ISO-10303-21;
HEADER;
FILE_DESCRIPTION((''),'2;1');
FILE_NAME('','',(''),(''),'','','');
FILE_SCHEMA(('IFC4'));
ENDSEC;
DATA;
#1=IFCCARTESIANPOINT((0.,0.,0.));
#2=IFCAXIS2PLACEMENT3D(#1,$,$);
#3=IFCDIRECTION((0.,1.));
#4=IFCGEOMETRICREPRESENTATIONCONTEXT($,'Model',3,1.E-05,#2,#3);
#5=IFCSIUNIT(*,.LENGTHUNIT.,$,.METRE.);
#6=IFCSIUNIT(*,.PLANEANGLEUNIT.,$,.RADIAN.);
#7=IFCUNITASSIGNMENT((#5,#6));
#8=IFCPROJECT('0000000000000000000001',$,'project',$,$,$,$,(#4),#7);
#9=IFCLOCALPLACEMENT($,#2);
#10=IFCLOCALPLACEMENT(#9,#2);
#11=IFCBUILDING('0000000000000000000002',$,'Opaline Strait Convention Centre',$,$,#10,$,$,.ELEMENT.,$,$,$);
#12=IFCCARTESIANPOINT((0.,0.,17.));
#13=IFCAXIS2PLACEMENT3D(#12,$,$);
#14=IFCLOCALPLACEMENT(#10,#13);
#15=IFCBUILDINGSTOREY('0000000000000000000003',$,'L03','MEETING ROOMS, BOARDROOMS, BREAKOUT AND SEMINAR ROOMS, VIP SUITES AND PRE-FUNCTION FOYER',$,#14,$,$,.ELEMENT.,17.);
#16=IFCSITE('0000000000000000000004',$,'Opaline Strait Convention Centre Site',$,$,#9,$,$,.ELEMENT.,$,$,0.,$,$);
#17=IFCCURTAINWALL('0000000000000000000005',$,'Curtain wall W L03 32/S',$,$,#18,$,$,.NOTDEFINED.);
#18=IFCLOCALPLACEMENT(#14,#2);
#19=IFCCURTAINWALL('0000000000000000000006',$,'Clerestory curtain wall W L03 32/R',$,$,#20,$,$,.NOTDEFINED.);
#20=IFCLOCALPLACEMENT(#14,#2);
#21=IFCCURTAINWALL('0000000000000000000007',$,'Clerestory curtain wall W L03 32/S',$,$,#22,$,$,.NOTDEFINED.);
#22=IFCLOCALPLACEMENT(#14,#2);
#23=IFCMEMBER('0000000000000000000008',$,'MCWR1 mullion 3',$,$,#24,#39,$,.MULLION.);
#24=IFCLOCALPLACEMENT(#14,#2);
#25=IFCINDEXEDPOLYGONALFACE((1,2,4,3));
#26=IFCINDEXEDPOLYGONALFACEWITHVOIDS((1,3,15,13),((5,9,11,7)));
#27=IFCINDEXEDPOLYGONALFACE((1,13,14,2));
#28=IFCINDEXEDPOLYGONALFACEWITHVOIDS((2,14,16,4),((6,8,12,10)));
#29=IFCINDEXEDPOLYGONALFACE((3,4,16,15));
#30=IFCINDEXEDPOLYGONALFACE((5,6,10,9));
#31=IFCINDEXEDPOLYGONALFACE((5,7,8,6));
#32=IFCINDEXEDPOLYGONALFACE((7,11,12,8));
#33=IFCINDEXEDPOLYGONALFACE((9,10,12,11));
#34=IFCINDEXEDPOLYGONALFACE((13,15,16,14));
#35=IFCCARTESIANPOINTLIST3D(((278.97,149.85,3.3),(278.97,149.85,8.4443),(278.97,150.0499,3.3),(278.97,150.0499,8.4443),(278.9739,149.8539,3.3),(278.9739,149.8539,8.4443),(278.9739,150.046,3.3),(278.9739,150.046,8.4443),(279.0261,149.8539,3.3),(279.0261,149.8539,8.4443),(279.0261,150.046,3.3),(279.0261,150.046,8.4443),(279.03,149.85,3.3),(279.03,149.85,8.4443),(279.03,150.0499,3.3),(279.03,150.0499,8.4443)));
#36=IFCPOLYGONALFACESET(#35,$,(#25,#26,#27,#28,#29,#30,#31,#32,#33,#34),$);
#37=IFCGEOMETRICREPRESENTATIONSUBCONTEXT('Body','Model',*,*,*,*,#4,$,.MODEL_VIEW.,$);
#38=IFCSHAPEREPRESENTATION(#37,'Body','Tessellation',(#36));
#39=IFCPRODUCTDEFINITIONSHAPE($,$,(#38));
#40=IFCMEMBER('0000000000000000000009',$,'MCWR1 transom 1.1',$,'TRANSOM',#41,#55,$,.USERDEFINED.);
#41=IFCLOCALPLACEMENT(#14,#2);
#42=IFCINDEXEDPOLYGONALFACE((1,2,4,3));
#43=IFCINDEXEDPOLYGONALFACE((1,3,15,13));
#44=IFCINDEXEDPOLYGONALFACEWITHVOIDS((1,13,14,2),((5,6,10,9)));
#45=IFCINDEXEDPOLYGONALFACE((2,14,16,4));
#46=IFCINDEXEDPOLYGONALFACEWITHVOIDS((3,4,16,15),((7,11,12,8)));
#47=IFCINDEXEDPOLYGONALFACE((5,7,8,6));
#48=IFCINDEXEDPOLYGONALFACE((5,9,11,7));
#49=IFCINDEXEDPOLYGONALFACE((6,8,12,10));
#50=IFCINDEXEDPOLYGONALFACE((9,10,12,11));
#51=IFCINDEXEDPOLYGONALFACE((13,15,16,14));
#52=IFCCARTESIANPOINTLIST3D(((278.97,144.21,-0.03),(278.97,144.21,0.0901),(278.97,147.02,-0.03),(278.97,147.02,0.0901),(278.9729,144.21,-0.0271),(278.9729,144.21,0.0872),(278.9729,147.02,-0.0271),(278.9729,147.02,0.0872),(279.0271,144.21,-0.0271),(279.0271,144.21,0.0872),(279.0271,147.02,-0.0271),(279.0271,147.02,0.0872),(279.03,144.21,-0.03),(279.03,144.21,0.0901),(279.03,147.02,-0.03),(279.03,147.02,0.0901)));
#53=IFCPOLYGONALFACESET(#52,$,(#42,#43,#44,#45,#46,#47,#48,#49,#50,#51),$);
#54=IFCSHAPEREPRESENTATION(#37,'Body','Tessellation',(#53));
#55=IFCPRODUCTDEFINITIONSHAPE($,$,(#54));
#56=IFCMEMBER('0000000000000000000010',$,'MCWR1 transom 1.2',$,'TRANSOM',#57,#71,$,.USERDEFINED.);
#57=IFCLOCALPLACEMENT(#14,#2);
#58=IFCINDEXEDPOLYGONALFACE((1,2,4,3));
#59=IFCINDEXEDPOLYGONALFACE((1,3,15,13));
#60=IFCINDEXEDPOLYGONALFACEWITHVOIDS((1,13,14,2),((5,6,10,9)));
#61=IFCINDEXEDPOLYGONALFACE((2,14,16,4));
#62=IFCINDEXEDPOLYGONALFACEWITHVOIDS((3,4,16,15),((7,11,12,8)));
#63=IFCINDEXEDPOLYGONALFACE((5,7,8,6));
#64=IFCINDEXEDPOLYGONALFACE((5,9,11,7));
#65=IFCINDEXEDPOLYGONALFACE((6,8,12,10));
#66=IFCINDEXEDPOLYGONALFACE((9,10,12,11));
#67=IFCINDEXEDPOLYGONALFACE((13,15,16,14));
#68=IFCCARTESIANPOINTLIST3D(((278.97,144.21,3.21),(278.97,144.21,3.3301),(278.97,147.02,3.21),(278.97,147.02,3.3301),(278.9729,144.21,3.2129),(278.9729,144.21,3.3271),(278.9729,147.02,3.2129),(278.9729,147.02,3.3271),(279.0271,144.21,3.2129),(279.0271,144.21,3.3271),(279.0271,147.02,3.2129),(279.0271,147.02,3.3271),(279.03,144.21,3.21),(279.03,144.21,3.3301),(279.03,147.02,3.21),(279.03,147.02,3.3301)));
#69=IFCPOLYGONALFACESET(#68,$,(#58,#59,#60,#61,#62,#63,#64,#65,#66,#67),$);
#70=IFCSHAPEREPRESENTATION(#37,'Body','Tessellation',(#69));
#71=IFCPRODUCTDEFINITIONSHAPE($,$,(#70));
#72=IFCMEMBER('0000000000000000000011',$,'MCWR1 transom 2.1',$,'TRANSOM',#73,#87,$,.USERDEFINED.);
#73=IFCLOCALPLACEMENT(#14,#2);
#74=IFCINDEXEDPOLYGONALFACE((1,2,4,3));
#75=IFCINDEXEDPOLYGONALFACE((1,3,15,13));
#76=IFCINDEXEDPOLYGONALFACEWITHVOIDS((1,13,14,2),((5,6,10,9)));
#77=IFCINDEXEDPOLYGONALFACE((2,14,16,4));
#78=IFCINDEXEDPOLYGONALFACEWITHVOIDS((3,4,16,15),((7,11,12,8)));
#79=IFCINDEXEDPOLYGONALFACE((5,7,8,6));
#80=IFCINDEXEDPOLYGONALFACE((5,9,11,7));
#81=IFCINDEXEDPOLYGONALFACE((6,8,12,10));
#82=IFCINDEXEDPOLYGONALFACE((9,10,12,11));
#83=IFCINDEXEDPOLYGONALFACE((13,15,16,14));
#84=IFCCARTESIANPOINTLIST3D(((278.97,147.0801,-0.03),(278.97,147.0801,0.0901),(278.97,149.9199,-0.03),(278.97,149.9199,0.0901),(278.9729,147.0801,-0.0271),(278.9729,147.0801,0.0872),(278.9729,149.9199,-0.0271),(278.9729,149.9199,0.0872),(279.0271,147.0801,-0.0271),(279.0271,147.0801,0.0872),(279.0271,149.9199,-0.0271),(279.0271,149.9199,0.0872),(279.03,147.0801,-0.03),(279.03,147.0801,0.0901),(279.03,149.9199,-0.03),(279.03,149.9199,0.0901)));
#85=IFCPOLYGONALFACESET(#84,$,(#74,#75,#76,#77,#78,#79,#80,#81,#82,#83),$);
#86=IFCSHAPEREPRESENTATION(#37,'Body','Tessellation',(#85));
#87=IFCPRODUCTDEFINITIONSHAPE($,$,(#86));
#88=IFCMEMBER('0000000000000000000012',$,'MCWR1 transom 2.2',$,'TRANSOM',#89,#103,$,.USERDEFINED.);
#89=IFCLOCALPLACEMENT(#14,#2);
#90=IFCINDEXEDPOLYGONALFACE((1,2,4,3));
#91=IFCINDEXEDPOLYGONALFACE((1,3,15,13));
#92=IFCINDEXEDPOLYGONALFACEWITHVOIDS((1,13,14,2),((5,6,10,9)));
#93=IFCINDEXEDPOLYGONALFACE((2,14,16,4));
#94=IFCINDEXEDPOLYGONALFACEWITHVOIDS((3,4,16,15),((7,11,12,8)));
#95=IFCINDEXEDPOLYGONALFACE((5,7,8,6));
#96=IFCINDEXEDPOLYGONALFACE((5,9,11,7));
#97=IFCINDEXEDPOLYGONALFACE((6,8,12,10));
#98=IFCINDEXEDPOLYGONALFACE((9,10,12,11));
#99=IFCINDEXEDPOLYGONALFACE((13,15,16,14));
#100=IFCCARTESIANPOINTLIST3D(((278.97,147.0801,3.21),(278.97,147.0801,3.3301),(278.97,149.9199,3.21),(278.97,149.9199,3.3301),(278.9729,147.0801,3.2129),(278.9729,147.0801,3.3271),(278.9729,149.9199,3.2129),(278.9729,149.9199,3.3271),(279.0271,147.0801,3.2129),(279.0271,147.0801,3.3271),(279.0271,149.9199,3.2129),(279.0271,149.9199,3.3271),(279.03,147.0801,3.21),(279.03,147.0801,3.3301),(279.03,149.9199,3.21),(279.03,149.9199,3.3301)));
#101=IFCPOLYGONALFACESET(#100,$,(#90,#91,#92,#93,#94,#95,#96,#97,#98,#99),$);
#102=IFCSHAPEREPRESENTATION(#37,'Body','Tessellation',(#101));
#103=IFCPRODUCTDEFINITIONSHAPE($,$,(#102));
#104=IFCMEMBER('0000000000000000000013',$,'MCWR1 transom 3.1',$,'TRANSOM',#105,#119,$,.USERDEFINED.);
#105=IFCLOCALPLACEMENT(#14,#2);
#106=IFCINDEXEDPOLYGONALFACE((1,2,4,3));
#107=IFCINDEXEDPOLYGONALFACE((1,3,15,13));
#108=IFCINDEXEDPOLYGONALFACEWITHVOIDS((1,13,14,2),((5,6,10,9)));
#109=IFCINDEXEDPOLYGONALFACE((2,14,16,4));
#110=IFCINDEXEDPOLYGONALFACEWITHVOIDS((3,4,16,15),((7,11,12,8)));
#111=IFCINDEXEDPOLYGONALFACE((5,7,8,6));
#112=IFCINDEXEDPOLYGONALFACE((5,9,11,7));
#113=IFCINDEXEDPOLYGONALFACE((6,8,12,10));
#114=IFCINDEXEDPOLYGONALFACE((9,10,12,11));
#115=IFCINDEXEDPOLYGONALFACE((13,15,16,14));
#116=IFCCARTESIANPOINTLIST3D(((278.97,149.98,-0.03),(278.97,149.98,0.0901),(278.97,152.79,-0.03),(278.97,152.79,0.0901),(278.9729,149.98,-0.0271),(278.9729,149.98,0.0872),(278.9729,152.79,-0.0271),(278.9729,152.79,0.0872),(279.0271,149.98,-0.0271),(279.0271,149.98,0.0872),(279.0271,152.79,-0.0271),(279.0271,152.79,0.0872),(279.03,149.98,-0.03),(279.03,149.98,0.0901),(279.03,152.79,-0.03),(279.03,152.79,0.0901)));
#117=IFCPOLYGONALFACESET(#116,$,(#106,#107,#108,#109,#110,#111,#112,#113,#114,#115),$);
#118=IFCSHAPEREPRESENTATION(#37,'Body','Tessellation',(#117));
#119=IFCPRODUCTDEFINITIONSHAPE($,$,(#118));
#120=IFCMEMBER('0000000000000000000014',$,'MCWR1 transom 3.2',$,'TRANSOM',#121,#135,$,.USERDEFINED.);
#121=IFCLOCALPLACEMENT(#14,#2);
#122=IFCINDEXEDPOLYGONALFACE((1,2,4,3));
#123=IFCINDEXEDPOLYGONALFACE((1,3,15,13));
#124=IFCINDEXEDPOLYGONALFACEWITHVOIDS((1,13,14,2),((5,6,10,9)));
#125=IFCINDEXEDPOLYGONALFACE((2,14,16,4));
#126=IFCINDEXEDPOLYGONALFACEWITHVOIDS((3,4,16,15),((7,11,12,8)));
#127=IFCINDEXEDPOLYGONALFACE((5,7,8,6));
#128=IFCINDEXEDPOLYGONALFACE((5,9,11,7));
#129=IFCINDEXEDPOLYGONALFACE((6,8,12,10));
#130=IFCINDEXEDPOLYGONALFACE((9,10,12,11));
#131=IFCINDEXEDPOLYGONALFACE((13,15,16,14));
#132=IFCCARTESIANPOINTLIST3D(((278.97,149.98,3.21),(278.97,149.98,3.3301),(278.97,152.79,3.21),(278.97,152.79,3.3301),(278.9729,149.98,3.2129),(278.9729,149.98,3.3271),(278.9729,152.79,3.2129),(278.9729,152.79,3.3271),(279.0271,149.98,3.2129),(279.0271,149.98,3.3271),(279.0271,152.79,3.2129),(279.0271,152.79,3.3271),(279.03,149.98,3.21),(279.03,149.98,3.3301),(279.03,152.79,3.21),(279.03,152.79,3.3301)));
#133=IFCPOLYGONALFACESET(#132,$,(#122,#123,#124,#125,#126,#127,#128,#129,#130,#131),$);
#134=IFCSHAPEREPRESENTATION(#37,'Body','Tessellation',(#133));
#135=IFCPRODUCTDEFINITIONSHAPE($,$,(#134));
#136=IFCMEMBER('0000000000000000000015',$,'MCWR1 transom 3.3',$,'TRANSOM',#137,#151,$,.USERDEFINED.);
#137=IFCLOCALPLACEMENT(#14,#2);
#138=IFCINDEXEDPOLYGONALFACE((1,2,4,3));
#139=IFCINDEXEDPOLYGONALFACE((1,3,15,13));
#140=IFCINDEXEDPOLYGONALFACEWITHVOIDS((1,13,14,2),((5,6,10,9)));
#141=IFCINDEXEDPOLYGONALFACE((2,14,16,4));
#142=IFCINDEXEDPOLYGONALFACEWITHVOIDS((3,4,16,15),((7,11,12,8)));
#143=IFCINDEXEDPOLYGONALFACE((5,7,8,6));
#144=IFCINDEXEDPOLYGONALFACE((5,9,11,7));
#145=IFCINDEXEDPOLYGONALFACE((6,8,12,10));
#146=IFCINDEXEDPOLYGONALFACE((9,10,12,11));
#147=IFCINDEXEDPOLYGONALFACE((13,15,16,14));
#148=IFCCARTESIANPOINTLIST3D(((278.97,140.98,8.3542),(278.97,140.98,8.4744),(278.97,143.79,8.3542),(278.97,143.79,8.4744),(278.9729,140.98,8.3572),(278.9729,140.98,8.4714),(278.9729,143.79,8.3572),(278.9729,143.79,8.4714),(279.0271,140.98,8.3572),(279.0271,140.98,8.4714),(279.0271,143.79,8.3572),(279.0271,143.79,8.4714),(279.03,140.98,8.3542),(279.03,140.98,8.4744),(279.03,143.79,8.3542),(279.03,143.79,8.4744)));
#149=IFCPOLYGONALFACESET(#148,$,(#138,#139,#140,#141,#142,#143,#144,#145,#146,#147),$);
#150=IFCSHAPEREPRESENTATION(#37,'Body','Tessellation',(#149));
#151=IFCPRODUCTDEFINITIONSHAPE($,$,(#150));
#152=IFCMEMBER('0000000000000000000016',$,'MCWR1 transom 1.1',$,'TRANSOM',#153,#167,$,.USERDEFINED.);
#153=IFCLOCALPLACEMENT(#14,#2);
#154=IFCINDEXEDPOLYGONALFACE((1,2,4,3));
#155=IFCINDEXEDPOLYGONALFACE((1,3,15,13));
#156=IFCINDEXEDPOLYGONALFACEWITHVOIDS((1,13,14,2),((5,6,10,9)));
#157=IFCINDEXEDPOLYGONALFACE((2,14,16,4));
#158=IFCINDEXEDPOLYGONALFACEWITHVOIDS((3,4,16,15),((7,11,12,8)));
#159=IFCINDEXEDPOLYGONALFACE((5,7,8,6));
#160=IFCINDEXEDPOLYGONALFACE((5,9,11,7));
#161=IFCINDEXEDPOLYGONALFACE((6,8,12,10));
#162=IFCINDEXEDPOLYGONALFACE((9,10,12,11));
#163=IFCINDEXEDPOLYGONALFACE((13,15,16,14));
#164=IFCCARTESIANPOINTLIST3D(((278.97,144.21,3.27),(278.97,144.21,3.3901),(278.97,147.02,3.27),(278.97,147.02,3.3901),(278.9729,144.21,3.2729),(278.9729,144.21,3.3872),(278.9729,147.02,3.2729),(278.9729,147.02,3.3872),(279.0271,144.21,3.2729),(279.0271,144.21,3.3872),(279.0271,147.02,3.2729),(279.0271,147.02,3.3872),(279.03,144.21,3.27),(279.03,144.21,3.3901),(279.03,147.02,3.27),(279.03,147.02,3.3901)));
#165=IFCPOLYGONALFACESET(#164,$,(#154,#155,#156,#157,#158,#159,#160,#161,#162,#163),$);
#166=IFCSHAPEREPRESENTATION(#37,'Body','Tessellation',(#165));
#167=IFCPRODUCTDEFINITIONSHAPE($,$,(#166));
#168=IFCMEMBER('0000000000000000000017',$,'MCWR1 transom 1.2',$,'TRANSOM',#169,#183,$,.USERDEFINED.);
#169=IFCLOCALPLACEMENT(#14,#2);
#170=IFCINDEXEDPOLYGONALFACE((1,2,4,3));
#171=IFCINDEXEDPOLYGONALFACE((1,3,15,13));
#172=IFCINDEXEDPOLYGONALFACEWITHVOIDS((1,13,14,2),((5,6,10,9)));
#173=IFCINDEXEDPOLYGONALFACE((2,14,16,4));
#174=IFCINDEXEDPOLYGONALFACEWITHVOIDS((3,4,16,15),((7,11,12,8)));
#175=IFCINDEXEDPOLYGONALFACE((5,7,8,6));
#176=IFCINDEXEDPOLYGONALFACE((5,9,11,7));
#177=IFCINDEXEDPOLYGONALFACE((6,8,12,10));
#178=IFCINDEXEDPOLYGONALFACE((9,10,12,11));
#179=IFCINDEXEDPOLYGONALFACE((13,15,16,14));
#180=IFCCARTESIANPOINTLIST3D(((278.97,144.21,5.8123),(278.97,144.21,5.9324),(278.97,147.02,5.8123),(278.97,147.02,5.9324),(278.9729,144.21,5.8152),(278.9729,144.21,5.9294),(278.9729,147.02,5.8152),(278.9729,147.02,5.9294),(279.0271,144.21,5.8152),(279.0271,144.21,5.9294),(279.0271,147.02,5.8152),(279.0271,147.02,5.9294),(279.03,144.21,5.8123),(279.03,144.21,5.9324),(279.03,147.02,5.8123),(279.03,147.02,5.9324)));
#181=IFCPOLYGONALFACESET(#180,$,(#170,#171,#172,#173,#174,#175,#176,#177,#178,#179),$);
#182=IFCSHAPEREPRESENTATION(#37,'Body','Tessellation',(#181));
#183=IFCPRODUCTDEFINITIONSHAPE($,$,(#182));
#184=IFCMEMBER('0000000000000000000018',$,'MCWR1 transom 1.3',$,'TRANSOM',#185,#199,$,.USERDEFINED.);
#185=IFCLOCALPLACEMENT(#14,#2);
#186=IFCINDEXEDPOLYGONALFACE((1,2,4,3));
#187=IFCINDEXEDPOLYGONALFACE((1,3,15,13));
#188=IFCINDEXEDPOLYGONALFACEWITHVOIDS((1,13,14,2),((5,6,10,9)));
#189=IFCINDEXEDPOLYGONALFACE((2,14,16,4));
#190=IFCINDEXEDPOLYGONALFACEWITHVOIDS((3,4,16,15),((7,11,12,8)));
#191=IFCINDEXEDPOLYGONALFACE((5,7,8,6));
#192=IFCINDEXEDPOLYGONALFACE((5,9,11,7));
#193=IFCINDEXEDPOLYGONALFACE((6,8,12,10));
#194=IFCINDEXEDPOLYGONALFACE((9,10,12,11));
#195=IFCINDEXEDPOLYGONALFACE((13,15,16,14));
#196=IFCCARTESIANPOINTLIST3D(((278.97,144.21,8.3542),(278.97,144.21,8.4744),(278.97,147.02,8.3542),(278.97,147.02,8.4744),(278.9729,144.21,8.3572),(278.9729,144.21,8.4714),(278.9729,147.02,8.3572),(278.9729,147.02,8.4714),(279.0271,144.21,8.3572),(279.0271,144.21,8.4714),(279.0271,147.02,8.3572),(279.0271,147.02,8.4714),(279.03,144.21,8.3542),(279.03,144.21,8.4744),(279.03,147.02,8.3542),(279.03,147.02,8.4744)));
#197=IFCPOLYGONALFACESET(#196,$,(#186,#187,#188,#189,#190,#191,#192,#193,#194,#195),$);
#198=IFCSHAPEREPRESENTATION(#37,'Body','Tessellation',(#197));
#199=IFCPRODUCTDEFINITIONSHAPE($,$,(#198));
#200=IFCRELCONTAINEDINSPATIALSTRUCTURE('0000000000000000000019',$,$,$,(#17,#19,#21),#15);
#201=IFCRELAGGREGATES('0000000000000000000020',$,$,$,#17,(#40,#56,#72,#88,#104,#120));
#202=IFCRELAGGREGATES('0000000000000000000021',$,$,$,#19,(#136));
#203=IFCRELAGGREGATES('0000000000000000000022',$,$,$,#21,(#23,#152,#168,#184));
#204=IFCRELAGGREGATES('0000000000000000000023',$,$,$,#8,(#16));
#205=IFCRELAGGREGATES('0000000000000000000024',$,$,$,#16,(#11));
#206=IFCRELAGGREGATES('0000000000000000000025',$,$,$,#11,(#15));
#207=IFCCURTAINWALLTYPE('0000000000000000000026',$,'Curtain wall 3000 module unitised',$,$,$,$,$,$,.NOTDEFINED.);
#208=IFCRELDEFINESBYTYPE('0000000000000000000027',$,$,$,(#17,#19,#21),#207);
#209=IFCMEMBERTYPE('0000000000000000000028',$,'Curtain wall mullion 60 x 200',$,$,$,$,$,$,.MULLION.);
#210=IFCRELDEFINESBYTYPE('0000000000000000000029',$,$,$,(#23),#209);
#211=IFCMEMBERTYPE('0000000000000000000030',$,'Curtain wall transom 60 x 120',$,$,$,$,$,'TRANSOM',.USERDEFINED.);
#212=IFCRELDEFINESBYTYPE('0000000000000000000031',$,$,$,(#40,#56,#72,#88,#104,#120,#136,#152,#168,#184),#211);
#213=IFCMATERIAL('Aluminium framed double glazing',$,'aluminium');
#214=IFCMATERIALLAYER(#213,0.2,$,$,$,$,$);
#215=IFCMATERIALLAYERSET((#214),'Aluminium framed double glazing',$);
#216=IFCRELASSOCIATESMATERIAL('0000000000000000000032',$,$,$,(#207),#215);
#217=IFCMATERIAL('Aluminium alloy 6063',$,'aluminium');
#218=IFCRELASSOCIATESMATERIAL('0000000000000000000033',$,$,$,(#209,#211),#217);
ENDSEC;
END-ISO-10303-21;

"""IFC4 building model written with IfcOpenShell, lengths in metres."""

from ifc_helpers import new_model, si_unit, direction, frame, origin, origin_2d, place, context, subcontext, project, spatial, hollow_rectangle, extrude, material, layer, layer_set, material_profile, profile_set, type_object, element, aggregate, save


model = new_model("IFC4")

# Units and contexts
model_context = context("Model", 3, precision=1e-05, world=origin(), true_north=direction((0.0, 1.0)))
body_context = subcontext(model_context, "Body", "Model", "MODEL_VIEW")
ifc_project = project(units=[si_unit("LENGTHUNIT", "METRE"), si_unit("PLANEANGLEUNIT", "RADIAN")], contexts=[model_context])

# Site, building, storey
site_placement = place(None, origin())
site = spatial("IfcSite", under=ifc_project, at=site_placement, Name="Opaline Strait Convention Centre Site", CompositionType="ELEMENT", RefElevation=0.0)
building_placement = place(site_placement, origin())
building = spatial("IfcBuilding", under=site, at=building_placement, Name="Opaline Strait Convention Centre", CompositionType="ELEMENT")
storey_placement = place(building_placement, frame((0.0, 0.0, 17.0)))
storey = spatial("IfcBuildingStorey", under=building, at=storey_placement, Name="L03", Description="MEETING ROOMS, BOARDROOMS, BREAKOUT AND SEMINAR ROOMS, VIP SUITES AND PRE-FUNCTION FOYER", CompositionType="ELEMENT", Elevation=17.0)

# Shared definitions
ifc_material_1 = material(Name="Aluminium framed double glazing", Category="aluminium")
ifc_layer_1 = layer(ifc_material_1, 0.2)
ifc_layer_set_1 = layer_set([ifc_layer_1], Name="Aluminium framed double glazing")
curtain_wall_type = type_object("IfcCurtainWallType", Name="Curtain wall 3000 module unitised", PredefinedType="NOTDEFINED", material=ifc_layer_set_1)
ifc_material_2 = material(Name="Aluminium alloy 6063", Category="aluminium")
ifc_material_profile_1 = material_profile(ifc_material_2, hollow_rectangle(XDim=0.0601, YDim=0.2, WallThickness=0.0039, at=origin_2d()), Name="MULLION 60x200x4")
ifc_profile_set_1 = profile_set([ifc_material_profile_1], Name="Aluminium alloy 6063")
member_type_1 = type_object("IfcMemberType", Name="Curtain wall mullion 60 x 200", PredefinedType="MULLION", material=ifc_profile_set_1)

# Curtain wall
curtain_wall_1_placement = place(storey_placement, origin())
curtain_wall_1 = element("IfcCurtainWall", 1, at=curtain_wall_1_placement, inside=storey, type_object=curtain_wall_type, Name="Curtain wall W L03 32/S", PredefinedType="NOTDEFINED")

# Curtain wall
curtain_wall_2_placement = place(storey_placement, origin())
curtain_wall_2 = element("IfcCurtainWall", 2, at=curtain_wall_2_placement, inside=storey, type_object=curtain_wall_type, Name="Clerestory curtain wall W L03 32/R", PredefinedType="NOTDEFINED")

# Curtain wall, member
curtain_wall_3_placement = place(storey_placement, origin())
curtain_wall_3 = element("IfcCurtainWall", 3, at=curtain_wall_3_placement, inside=storey, type_object=curtain_wall_type, Name="Clerestory curtain wall W L03 32/S", PredefinedType="NOTDEFINED")
member_1_placement = place(storey_placement, frame((279.0, 149.95, 3.3), z_axis=(0.0, 0.0, 1.0), x_axis=(-1.0, 0.0, 0.0)))
member_1 = element("IfcMember", 4, at=member_1_placement, type_object=member_type_1, Name="MCWR1 mullion 3", PredefinedType="MULLION", context=body_context, shape_type="SweptSolid", body=[
    extrude(hollow_rectangle(XDim=0.0601, YDim=0.2, WallThickness=0.0039, at=origin_2d()), origin(), (0.0, 0.0, 1.0), 5.1443),
])

# Members
ifc_material_profile_2 = material_profile(ifc_material_2, hollow_rectangle(XDim=0.0601, YDim=0.1201, WallThickness=0.0029, at=origin_2d()), Name="TRANSOM 60x120x3")
ifc_profile_set_2 = profile_set([ifc_material_profile_2], Name="Aluminium alloy 6063")
member_type_2 = type_object("IfcMemberType", Name="Curtain wall transom 60 x 120", ElementType="TRANSOM", PredefinedType="USERDEFINED", material=ifc_profile_set_2)
member_2_placement = place(storey_placement, frame((279.0, 144.21, 0.03), z_axis=(0.0, 1.0, 0.0), x_axis=(-1.0, 0.0, 0.0)))
member_2 = element("IfcMember", 5, at=member_2_placement, type_object=member_type_2, Name="MCWR1 transom 1.1", ObjectType="TRANSOM", PredefinedType="USERDEFINED", context=body_context, shape_type="SweptSolid", body=[
    extrude(hollow_rectangle(XDim=0.0601, YDim=0.1201, WallThickness=0.0029, at=origin_2d()), origin(), (0.0, 0.0, 1.0), 2.8101),
])
member_3_placement = place(storey_placement, frame((279.0, 144.21, 3.27), z_axis=(0.0, 1.0, 0.0), x_axis=(-1.0, 0.0, 0.0)))
member_3 = element("IfcMember", 6, at=member_3_placement, type_object=member_type_2, Name="MCWR1 transom 1.2", ObjectType="TRANSOM", PredefinedType="USERDEFINED", context=body_context, shape_type="SweptSolid", body=[
    extrude(hollow_rectangle(XDim=0.0601, YDim=0.1201, WallThickness=0.0029, at=origin_2d()), origin(), (0.0, 0.0, 1.0), 2.8101),
])
member_4_placement = place(storey_placement, frame((279.0, 147.0801, 0.03), z_axis=(0.0, 1.0, 0.0), x_axis=(-1.0, 0.0, 0.0)))
member_4 = element("IfcMember", 7, at=member_4_placement, type_object=member_type_2, Name="MCWR1 transom 2.1", ObjectType="TRANSOM", PredefinedType="USERDEFINED", context=body_context, shape_type="SweptSolid", body=[
    extrude(hollow_rectangle(XDim=0.0601, YDim=0.1201, WallThickness=0.0029, at=origin_2d()), origin(), (0.0, 0.0, 1.0), 2.8398),
])
member_5_placement = place(storey_placement, frame((279.0, 147.0801, 3.27), z_axis=(0.0, 1.0, 0.0), x_axis=(-1.0, 0.0, 0.0)))
member_5 = element("IfcMember", 8, at=member_5_placement, type_object=member_type_2, Name="MCWR1 transom 2.2", ObjectType="TRANSOM", PredefinedType="USERDEFINED", context=body_context, shape_type="SweptSolid", body=[
    extrude(hollow_rectangle(XDim=0.0601, YDim=0.1201, WallThickness=0.0029, at=origin_2d()), origin(), (0.0, 0.0, 1.0), 2.8398),
])
member_6_placement = place(storey_placement, frame((279.0, 149.98, 0.03), z_axis=(0.0, 1.0, 0.0), x_axis=(-1.0, 0.0, 0.0)))
member_6 = element("IfcMember", 9, at=member_6_placement, type_object=member_type_2, Name="MCWR1 transom 3.1", ObjectType="TRANSOM", PredefinedType="USERDEFINED", context=body_context, shape_type="SweptSolid", body=[
    extrude(hollow_rectangle(XDim=0.0601, YDim=0.1201, WallThickness=0.0029, at=origin_2d()), origin(), (0.0, 0.0, 1.0), 2.8101),
])
member_7_placement = place(storey_placement, frame((279.0, 149.98, 3.27), z_axis=(0.0, 1.0, 0.0), x_axis=(-1.0, 0.0, 0.0)))
member_7 = element("IfcMember", 10, at=member_7_placement, type_object=member_type_2, Name="MCWR1 transom 3.2", ObjectType="TRANSOM", PredefinedType="USERDEFINED", context=body_context, shape_type="SweptSolid", body=[
    extrude(hollow_rectangle(XDim=0.0601, YDim=0.1201, WallThickness=0.0029, at=origin_2d()), origin(), (0.0, 0.0, 1.0), 2.8101),
])
member_8_placement = place(storey_placement, frame((279.0, 140.98, 8.4143), z_axis=(0.0, 1.0, 0.0), x_axis=(-1.0, 0.0, 0.0)))
member_8 = element("IfcMember", 11, at=member_8_placement, type_object=member_type_2, Name="MCWR1 transom 3.3", ObjectType="TRANSOM", PredefinedType="USERDEFINED", context=body_context, shape_type="SweptSolid", body=[
    extrude(hollow_rectangle(XDim=0.0601, YDim=0.1201, WallThickness=0.0029, at=origin_2d()), origin(), (0.0, 0.0, 1.0), 2.8101),
])
member_9_placement = place(storey_placement, frame((279.0, 144.21, 3.3301), z_axis=(0.0, 1.0, 0.0), x_axis=(-1.0, 0.0, 0.0)))
member_9 = element("IfcMember", 12, at=member_9_placement, type_object=member_type_2, Name="MCWR1 transom 1.1", ObjectType="TRANSOM", PredefinedType="USERDEFINED", context=body_context, shape_type="SweptSolid", body=[
    extrude(hollow_rectangle(XDim=0.0601, YDim=0.1201, WallThickness=0.0029, at=origin_2d()), origin(), (0.0, 0.0, 1.0), 2.8101),
])
member_10_placement = place(storey_placement, frame((279.0, 144.21, 5.8723), z_axis=(0.0, 1.0, 0.0), x_axis=(-1.0, 0.0, 0.0)))
member_10 = element("IfcMember", 13, at=member_10_placement, type_object=member_type_2, Name="MCWR1 transom 1.2", ObjectType="TRANSOM", PredefinedType="USERDEFINED", context=body_context, shape_type="SweptSolid", body=[
    extrude(hollow_rectangle(XDim=0.0601, YDim=0.1201, WallThickness=0.0029, at=origin_2d()), origin(), (0.0, 0.0, 1.0), 2.8101),
])
member_11_placement = place(storey_placement, frame((279.0, 144.21, 8.4143), z_axis=(0.0, 1.0, 0.0), x_axis=(-1.0, 0.0, 0.0)))
member_11 = element("IfcMember", 14, at=member_11_placement, type_object=member_type_2, Name="MCWR1 transom 1.3", ObjectType="TRANSOM", PredefinedType="USERDEFINED", context=body_context, shape_type="SweptSolid", body=[
    extrude(hollow_rectangle(XDim=0.0601, YDim=0.1201, WallThickness=0.0029, at=origin_2d()), origin(), (0.0, 0.0, 1.0), 2.8101),
])

aggregate(curtain_wall_1, [member_2, member_3, member_4, member_5, member_6, member_7])
aggregate(curtain_wall_2, [member_8])
aggregate(curtain_wall_3, [member_1, member_9, member_10, member_11])

save(model, "model.ifc")
